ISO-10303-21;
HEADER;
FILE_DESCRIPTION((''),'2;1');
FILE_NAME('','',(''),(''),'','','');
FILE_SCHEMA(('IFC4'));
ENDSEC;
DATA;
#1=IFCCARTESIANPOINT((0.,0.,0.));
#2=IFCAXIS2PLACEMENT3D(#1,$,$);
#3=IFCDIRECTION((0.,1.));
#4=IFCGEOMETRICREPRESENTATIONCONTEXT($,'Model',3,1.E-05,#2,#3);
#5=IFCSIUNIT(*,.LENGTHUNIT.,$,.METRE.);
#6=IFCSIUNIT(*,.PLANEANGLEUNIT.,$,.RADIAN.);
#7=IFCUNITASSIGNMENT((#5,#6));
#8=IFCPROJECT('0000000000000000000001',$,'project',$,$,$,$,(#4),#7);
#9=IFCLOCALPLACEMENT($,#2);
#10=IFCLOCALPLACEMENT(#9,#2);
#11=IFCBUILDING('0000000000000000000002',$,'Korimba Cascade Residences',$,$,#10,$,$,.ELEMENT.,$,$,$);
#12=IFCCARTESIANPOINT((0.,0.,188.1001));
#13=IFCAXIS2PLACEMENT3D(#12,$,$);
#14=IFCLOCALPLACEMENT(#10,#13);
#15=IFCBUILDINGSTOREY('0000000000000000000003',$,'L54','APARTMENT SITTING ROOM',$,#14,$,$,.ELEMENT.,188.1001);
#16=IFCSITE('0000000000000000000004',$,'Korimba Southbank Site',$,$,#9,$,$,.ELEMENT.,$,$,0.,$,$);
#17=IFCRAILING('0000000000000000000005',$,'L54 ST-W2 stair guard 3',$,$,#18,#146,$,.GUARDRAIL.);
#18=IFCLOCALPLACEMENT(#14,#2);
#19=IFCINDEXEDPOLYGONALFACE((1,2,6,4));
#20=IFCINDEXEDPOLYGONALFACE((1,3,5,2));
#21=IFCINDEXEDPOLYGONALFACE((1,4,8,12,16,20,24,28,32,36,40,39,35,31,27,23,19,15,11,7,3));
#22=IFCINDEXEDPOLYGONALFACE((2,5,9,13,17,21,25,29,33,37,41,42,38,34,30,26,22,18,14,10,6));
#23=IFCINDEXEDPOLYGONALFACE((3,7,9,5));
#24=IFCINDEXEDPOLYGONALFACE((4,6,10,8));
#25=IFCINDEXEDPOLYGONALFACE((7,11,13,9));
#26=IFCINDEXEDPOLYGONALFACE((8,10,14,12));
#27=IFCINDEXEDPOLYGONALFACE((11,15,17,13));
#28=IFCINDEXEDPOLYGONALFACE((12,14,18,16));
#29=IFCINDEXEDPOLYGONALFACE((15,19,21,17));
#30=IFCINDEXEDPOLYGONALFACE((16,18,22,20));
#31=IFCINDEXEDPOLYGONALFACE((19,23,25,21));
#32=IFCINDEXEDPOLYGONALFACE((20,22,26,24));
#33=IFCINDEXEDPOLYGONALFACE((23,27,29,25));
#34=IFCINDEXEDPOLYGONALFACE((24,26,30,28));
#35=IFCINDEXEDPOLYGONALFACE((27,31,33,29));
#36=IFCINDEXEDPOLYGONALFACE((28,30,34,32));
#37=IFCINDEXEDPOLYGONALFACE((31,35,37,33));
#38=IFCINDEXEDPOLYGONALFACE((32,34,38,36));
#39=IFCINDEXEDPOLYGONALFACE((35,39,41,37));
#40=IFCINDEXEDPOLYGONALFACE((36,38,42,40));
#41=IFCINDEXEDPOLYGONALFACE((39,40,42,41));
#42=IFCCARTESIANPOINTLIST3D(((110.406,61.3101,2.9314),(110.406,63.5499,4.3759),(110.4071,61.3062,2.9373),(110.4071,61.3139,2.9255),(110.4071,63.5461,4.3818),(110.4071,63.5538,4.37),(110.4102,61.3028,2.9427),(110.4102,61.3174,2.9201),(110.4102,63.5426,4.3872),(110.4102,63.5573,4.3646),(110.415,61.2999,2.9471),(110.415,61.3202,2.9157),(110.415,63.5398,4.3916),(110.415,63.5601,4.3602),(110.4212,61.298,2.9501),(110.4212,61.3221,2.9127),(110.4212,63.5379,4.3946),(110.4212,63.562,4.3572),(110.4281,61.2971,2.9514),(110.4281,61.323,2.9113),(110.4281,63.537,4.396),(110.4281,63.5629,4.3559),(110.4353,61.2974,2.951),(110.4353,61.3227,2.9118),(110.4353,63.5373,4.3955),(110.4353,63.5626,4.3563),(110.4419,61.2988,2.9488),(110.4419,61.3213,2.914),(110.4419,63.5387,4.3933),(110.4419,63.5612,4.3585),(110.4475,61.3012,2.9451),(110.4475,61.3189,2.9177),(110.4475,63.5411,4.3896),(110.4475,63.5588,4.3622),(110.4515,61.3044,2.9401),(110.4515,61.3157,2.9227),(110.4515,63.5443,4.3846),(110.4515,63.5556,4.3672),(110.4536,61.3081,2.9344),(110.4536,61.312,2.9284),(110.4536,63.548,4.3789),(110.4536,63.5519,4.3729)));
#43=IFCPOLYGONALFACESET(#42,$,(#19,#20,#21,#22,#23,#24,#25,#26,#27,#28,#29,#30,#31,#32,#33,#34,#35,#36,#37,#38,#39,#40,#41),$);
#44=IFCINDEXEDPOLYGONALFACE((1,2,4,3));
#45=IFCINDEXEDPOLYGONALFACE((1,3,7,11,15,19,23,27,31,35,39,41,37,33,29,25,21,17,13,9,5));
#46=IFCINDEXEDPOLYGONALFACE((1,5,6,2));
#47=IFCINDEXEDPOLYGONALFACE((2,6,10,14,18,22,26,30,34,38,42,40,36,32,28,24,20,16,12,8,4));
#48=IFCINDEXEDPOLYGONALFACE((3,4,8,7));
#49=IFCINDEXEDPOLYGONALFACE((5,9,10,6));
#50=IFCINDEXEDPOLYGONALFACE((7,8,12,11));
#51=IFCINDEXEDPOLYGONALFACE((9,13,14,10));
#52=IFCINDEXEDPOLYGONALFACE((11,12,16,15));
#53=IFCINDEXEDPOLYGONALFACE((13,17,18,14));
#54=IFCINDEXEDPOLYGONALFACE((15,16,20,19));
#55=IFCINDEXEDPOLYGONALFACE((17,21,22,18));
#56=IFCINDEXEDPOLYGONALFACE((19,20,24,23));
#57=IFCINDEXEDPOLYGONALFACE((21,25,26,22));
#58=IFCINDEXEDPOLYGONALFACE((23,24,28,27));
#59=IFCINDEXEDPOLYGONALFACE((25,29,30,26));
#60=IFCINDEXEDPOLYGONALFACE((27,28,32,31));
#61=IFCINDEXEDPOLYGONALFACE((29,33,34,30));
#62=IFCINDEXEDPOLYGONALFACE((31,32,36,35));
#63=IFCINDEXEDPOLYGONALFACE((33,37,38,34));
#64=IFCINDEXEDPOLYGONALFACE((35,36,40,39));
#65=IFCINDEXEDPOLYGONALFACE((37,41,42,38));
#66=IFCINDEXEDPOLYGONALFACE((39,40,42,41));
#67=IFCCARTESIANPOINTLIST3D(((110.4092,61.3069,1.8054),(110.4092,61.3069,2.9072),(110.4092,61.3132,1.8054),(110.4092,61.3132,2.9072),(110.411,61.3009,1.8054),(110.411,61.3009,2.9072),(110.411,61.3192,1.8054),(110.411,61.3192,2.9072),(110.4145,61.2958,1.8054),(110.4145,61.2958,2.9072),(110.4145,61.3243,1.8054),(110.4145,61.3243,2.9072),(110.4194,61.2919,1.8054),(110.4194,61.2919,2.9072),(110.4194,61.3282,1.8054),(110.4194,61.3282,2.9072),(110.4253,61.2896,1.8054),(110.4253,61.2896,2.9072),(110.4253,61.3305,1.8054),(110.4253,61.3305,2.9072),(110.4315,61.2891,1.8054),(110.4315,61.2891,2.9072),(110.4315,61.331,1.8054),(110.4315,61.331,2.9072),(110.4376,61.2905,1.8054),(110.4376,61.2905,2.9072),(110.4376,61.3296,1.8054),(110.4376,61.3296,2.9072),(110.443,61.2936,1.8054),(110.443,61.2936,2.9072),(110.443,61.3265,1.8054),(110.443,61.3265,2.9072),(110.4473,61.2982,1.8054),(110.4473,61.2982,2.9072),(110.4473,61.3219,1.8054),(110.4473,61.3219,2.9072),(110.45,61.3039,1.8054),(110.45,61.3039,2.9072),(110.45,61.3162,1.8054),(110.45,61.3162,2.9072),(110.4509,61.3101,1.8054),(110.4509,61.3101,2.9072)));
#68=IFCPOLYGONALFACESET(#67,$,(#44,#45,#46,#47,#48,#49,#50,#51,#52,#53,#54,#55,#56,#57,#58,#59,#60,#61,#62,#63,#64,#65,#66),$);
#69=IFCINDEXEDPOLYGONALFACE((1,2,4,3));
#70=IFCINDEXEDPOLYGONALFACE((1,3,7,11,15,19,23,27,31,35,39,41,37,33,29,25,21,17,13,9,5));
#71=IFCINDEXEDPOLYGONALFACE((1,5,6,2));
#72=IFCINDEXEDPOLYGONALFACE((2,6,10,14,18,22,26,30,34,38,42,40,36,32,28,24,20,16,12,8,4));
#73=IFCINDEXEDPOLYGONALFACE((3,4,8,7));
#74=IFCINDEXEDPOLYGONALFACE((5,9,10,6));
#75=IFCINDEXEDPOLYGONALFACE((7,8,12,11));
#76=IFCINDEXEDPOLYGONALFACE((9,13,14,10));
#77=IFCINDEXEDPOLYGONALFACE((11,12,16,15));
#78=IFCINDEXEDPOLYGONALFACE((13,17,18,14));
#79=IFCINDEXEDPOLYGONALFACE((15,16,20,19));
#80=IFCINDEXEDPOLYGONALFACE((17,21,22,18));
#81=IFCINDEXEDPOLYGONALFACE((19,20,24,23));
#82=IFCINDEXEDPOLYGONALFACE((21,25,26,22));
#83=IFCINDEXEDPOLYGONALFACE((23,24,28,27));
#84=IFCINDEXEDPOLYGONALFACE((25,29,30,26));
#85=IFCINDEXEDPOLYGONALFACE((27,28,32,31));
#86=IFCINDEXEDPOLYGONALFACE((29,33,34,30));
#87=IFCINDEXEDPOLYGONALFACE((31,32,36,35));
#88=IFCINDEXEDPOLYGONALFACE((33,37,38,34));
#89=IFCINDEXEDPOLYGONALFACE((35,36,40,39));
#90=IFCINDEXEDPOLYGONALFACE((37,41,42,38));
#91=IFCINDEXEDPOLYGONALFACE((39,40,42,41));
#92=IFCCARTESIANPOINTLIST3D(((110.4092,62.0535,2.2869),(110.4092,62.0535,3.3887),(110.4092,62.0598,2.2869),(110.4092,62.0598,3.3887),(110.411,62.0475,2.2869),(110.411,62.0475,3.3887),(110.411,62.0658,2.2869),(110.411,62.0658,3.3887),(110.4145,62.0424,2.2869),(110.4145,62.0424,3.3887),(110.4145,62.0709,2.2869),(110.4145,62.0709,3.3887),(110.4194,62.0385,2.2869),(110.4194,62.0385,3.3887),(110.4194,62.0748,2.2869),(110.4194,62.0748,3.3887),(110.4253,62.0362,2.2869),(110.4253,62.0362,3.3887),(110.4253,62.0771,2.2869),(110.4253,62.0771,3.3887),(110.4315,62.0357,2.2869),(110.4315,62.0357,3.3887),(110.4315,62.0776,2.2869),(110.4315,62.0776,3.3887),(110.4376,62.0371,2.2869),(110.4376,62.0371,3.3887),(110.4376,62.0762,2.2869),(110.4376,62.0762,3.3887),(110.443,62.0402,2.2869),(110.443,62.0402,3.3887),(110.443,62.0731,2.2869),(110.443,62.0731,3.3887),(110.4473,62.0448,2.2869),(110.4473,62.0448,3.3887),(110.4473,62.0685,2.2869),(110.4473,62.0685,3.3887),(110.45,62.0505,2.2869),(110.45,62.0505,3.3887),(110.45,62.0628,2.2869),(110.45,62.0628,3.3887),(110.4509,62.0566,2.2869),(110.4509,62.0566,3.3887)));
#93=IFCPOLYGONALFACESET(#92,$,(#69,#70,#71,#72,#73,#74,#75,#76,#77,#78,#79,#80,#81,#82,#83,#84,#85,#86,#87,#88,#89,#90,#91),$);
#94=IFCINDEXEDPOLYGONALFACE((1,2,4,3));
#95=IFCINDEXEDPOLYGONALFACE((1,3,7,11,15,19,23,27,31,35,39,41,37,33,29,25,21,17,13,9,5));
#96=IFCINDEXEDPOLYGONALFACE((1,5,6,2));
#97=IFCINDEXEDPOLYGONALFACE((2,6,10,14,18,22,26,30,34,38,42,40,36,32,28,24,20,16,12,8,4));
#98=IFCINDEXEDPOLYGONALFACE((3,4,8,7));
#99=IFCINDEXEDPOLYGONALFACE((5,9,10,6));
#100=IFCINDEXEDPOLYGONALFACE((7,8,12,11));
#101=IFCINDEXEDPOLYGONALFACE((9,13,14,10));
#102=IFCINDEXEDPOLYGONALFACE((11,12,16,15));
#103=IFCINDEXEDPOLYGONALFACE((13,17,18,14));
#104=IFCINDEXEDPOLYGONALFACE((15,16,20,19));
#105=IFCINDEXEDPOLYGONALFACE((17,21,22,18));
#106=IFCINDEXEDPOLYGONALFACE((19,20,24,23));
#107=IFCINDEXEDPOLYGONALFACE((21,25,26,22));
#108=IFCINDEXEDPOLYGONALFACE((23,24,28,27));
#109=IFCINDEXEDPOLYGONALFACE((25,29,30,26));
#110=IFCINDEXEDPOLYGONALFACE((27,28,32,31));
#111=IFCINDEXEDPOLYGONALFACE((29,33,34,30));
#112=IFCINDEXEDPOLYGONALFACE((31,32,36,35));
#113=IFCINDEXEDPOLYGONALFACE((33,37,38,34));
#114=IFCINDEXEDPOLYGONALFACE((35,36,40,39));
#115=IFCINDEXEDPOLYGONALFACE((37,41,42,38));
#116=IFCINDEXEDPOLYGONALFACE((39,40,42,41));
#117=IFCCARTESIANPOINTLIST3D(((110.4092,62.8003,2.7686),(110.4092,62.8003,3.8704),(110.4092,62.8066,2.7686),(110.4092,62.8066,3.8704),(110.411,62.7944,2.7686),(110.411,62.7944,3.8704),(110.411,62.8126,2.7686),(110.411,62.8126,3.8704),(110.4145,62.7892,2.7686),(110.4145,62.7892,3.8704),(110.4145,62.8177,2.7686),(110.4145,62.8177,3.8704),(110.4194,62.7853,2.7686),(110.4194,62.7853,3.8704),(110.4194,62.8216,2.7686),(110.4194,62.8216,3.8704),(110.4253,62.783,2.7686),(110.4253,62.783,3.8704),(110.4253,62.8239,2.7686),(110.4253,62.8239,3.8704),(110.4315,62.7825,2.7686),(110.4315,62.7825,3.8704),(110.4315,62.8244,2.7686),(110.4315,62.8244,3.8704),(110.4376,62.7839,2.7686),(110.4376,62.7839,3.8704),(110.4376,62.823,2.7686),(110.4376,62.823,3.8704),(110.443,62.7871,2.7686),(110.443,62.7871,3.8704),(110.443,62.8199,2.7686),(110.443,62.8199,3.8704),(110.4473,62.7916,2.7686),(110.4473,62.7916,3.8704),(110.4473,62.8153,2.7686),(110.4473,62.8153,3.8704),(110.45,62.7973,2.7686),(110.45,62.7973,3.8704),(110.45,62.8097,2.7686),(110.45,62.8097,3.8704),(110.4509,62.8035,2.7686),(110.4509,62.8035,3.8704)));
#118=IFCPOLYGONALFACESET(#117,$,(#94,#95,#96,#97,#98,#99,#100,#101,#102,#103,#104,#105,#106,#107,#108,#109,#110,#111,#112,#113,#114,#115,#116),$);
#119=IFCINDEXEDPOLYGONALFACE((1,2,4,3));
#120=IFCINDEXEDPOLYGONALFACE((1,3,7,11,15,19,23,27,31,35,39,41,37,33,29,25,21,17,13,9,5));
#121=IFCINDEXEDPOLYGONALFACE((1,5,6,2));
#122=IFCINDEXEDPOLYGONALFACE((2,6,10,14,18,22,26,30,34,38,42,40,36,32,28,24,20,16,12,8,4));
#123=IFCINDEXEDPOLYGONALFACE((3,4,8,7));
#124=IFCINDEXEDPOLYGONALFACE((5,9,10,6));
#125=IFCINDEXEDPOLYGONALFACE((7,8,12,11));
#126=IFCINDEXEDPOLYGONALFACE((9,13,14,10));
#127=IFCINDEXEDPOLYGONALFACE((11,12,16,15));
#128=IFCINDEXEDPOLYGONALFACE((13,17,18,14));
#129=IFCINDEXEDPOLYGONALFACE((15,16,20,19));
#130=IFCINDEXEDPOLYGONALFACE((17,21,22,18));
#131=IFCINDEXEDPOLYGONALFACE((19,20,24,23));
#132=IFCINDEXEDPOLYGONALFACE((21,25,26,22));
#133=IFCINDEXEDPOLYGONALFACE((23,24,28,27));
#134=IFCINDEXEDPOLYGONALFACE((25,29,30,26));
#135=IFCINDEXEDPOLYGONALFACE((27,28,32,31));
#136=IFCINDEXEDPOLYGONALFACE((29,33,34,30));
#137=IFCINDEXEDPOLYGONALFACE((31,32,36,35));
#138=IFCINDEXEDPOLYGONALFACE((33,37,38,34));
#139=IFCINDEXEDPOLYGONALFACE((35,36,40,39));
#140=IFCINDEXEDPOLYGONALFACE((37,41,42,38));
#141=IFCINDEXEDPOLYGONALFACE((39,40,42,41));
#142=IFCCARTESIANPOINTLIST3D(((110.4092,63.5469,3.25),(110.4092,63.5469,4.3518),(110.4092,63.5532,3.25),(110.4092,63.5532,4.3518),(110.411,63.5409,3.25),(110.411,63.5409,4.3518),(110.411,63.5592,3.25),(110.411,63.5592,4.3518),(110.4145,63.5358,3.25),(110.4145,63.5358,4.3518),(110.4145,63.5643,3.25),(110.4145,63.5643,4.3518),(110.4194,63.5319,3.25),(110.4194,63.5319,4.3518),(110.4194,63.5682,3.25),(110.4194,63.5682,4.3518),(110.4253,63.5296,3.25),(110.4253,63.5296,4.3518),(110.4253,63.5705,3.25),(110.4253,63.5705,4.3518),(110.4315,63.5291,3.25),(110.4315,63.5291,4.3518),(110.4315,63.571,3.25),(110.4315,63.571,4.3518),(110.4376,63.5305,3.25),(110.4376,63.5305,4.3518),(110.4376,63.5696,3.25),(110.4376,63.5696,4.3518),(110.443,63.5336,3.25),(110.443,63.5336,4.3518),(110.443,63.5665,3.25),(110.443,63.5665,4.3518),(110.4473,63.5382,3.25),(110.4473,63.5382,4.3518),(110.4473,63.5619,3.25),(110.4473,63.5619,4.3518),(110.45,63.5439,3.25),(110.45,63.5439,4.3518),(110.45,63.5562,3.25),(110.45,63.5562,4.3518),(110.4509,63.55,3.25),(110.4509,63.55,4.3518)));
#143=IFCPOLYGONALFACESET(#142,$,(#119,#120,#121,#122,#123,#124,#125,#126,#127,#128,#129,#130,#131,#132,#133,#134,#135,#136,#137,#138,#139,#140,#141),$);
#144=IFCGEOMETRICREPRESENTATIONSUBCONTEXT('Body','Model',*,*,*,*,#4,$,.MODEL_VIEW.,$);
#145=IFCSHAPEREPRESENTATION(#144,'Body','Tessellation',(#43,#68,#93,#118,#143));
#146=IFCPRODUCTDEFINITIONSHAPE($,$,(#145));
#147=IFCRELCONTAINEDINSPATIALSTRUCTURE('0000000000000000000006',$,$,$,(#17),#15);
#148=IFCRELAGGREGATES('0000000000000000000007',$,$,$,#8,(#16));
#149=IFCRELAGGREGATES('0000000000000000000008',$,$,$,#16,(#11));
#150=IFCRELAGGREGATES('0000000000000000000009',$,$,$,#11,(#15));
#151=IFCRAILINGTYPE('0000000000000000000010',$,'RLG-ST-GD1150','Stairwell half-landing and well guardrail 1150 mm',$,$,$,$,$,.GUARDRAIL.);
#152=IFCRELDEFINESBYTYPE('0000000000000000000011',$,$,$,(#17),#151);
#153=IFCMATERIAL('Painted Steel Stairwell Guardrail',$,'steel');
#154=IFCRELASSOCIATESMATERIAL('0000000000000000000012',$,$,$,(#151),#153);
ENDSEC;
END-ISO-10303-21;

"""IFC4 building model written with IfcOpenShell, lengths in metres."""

from ifc_helpers import new_model, si_unit, direction, frame, origin, origin_2d, place, context, subcontext, project, spatial, circle, extrude, material, type_object, element, save


model = new_model("IFC4")

# Units and contexts
model_context = context("Model", 3, precision=1e-05, world=origin(), true_north=direction((0.0, 1.0)))
body_context = subcontext(model_context, "Body", "Model", "MODEL_VIEW")
ifc_project = project(units=[si_unit("LENGTHUNIT", "METRE"), si_unit("PLANEANGLEUNIT", "RADIAN")], contexts=[model_context])

# Site, building, storey
site_placement = place(None, origin())
site = spatial("IfcSite", under=ifc_project, at=site_placement, Name="Korimba Southbank Site", CompositionType="ELEMENT", RefElevation=0.0)
building_placement = place(site_placement, origin())
building = spatial("IfcBuilding", under=site, at=building_placement, Name="Korimba Cascade Residences", CompositionType="ELEMENT")
storey_placement = place(building_placement, frame((0.0, 0.0, 188.1001)))
storey = spatial("IfcBuildingStorey", under=building, at=storey_placement, Name="L54", Description="APARTMENT SITTING ROOM", CompositionType="ELEMENT", Elevation=188.1001)

# Railing
ifc_material_1 = material(Name="Painted Steel Stairwell Guardrail", Category="steel")
railing_type_1 = type_object("IfcRailingType", Name="RLG-ST-GD1150", Description="Stairwell half-landing and well guardrail 1150 mm", PredefinedType="GUARDRAIL", material=ifc_material_1)
railing_1_placement = place(storey_placement, frame((110.4299, 61.3101, 1.8054)))
element("IfcRailing", 1, at=railing_1_placement, inside=storey, type_object=railing_type_1, Name="L54 ST-W2 stair guard 3", PredefinedType="GUARDRAIL", context=body_context, shape_type="SweptSolid", body=[
    extrude(circle(Radius=0.0239, at=origin_2d()), frame((0.0, 0.0, 1.126), z_axis=(0.0, 0.840395, 0.541975), x_axis=(-1.0, 0.0, 0.0)), (0.0, 0.0, 1.0), 2.6653),
    extrude(circle(Radius=0.021, at=origin_2d()), origin(), (0.0, 0.0, 1.0), 1.1018),
    extrude(circle(Radius=0.021, at=origin_2d()), frame((0.0, 0.7466, 0.4814)), (0.0, 0.0, 1.0), 1.1018),
    extrude(circle(Radius=0.021, at=origin_2d()), frame((0.0, 1.4934, 0.9631)), (0.0, 0.0, 1.0), 1.1018),
    extrude(circle(Radius=0.021, at=origin_2d()), frame((0.0, 2.24, 1.4446)), (0.0, 0.0, 1.0), 1.1018),
])

save(model, "model.ifc")
